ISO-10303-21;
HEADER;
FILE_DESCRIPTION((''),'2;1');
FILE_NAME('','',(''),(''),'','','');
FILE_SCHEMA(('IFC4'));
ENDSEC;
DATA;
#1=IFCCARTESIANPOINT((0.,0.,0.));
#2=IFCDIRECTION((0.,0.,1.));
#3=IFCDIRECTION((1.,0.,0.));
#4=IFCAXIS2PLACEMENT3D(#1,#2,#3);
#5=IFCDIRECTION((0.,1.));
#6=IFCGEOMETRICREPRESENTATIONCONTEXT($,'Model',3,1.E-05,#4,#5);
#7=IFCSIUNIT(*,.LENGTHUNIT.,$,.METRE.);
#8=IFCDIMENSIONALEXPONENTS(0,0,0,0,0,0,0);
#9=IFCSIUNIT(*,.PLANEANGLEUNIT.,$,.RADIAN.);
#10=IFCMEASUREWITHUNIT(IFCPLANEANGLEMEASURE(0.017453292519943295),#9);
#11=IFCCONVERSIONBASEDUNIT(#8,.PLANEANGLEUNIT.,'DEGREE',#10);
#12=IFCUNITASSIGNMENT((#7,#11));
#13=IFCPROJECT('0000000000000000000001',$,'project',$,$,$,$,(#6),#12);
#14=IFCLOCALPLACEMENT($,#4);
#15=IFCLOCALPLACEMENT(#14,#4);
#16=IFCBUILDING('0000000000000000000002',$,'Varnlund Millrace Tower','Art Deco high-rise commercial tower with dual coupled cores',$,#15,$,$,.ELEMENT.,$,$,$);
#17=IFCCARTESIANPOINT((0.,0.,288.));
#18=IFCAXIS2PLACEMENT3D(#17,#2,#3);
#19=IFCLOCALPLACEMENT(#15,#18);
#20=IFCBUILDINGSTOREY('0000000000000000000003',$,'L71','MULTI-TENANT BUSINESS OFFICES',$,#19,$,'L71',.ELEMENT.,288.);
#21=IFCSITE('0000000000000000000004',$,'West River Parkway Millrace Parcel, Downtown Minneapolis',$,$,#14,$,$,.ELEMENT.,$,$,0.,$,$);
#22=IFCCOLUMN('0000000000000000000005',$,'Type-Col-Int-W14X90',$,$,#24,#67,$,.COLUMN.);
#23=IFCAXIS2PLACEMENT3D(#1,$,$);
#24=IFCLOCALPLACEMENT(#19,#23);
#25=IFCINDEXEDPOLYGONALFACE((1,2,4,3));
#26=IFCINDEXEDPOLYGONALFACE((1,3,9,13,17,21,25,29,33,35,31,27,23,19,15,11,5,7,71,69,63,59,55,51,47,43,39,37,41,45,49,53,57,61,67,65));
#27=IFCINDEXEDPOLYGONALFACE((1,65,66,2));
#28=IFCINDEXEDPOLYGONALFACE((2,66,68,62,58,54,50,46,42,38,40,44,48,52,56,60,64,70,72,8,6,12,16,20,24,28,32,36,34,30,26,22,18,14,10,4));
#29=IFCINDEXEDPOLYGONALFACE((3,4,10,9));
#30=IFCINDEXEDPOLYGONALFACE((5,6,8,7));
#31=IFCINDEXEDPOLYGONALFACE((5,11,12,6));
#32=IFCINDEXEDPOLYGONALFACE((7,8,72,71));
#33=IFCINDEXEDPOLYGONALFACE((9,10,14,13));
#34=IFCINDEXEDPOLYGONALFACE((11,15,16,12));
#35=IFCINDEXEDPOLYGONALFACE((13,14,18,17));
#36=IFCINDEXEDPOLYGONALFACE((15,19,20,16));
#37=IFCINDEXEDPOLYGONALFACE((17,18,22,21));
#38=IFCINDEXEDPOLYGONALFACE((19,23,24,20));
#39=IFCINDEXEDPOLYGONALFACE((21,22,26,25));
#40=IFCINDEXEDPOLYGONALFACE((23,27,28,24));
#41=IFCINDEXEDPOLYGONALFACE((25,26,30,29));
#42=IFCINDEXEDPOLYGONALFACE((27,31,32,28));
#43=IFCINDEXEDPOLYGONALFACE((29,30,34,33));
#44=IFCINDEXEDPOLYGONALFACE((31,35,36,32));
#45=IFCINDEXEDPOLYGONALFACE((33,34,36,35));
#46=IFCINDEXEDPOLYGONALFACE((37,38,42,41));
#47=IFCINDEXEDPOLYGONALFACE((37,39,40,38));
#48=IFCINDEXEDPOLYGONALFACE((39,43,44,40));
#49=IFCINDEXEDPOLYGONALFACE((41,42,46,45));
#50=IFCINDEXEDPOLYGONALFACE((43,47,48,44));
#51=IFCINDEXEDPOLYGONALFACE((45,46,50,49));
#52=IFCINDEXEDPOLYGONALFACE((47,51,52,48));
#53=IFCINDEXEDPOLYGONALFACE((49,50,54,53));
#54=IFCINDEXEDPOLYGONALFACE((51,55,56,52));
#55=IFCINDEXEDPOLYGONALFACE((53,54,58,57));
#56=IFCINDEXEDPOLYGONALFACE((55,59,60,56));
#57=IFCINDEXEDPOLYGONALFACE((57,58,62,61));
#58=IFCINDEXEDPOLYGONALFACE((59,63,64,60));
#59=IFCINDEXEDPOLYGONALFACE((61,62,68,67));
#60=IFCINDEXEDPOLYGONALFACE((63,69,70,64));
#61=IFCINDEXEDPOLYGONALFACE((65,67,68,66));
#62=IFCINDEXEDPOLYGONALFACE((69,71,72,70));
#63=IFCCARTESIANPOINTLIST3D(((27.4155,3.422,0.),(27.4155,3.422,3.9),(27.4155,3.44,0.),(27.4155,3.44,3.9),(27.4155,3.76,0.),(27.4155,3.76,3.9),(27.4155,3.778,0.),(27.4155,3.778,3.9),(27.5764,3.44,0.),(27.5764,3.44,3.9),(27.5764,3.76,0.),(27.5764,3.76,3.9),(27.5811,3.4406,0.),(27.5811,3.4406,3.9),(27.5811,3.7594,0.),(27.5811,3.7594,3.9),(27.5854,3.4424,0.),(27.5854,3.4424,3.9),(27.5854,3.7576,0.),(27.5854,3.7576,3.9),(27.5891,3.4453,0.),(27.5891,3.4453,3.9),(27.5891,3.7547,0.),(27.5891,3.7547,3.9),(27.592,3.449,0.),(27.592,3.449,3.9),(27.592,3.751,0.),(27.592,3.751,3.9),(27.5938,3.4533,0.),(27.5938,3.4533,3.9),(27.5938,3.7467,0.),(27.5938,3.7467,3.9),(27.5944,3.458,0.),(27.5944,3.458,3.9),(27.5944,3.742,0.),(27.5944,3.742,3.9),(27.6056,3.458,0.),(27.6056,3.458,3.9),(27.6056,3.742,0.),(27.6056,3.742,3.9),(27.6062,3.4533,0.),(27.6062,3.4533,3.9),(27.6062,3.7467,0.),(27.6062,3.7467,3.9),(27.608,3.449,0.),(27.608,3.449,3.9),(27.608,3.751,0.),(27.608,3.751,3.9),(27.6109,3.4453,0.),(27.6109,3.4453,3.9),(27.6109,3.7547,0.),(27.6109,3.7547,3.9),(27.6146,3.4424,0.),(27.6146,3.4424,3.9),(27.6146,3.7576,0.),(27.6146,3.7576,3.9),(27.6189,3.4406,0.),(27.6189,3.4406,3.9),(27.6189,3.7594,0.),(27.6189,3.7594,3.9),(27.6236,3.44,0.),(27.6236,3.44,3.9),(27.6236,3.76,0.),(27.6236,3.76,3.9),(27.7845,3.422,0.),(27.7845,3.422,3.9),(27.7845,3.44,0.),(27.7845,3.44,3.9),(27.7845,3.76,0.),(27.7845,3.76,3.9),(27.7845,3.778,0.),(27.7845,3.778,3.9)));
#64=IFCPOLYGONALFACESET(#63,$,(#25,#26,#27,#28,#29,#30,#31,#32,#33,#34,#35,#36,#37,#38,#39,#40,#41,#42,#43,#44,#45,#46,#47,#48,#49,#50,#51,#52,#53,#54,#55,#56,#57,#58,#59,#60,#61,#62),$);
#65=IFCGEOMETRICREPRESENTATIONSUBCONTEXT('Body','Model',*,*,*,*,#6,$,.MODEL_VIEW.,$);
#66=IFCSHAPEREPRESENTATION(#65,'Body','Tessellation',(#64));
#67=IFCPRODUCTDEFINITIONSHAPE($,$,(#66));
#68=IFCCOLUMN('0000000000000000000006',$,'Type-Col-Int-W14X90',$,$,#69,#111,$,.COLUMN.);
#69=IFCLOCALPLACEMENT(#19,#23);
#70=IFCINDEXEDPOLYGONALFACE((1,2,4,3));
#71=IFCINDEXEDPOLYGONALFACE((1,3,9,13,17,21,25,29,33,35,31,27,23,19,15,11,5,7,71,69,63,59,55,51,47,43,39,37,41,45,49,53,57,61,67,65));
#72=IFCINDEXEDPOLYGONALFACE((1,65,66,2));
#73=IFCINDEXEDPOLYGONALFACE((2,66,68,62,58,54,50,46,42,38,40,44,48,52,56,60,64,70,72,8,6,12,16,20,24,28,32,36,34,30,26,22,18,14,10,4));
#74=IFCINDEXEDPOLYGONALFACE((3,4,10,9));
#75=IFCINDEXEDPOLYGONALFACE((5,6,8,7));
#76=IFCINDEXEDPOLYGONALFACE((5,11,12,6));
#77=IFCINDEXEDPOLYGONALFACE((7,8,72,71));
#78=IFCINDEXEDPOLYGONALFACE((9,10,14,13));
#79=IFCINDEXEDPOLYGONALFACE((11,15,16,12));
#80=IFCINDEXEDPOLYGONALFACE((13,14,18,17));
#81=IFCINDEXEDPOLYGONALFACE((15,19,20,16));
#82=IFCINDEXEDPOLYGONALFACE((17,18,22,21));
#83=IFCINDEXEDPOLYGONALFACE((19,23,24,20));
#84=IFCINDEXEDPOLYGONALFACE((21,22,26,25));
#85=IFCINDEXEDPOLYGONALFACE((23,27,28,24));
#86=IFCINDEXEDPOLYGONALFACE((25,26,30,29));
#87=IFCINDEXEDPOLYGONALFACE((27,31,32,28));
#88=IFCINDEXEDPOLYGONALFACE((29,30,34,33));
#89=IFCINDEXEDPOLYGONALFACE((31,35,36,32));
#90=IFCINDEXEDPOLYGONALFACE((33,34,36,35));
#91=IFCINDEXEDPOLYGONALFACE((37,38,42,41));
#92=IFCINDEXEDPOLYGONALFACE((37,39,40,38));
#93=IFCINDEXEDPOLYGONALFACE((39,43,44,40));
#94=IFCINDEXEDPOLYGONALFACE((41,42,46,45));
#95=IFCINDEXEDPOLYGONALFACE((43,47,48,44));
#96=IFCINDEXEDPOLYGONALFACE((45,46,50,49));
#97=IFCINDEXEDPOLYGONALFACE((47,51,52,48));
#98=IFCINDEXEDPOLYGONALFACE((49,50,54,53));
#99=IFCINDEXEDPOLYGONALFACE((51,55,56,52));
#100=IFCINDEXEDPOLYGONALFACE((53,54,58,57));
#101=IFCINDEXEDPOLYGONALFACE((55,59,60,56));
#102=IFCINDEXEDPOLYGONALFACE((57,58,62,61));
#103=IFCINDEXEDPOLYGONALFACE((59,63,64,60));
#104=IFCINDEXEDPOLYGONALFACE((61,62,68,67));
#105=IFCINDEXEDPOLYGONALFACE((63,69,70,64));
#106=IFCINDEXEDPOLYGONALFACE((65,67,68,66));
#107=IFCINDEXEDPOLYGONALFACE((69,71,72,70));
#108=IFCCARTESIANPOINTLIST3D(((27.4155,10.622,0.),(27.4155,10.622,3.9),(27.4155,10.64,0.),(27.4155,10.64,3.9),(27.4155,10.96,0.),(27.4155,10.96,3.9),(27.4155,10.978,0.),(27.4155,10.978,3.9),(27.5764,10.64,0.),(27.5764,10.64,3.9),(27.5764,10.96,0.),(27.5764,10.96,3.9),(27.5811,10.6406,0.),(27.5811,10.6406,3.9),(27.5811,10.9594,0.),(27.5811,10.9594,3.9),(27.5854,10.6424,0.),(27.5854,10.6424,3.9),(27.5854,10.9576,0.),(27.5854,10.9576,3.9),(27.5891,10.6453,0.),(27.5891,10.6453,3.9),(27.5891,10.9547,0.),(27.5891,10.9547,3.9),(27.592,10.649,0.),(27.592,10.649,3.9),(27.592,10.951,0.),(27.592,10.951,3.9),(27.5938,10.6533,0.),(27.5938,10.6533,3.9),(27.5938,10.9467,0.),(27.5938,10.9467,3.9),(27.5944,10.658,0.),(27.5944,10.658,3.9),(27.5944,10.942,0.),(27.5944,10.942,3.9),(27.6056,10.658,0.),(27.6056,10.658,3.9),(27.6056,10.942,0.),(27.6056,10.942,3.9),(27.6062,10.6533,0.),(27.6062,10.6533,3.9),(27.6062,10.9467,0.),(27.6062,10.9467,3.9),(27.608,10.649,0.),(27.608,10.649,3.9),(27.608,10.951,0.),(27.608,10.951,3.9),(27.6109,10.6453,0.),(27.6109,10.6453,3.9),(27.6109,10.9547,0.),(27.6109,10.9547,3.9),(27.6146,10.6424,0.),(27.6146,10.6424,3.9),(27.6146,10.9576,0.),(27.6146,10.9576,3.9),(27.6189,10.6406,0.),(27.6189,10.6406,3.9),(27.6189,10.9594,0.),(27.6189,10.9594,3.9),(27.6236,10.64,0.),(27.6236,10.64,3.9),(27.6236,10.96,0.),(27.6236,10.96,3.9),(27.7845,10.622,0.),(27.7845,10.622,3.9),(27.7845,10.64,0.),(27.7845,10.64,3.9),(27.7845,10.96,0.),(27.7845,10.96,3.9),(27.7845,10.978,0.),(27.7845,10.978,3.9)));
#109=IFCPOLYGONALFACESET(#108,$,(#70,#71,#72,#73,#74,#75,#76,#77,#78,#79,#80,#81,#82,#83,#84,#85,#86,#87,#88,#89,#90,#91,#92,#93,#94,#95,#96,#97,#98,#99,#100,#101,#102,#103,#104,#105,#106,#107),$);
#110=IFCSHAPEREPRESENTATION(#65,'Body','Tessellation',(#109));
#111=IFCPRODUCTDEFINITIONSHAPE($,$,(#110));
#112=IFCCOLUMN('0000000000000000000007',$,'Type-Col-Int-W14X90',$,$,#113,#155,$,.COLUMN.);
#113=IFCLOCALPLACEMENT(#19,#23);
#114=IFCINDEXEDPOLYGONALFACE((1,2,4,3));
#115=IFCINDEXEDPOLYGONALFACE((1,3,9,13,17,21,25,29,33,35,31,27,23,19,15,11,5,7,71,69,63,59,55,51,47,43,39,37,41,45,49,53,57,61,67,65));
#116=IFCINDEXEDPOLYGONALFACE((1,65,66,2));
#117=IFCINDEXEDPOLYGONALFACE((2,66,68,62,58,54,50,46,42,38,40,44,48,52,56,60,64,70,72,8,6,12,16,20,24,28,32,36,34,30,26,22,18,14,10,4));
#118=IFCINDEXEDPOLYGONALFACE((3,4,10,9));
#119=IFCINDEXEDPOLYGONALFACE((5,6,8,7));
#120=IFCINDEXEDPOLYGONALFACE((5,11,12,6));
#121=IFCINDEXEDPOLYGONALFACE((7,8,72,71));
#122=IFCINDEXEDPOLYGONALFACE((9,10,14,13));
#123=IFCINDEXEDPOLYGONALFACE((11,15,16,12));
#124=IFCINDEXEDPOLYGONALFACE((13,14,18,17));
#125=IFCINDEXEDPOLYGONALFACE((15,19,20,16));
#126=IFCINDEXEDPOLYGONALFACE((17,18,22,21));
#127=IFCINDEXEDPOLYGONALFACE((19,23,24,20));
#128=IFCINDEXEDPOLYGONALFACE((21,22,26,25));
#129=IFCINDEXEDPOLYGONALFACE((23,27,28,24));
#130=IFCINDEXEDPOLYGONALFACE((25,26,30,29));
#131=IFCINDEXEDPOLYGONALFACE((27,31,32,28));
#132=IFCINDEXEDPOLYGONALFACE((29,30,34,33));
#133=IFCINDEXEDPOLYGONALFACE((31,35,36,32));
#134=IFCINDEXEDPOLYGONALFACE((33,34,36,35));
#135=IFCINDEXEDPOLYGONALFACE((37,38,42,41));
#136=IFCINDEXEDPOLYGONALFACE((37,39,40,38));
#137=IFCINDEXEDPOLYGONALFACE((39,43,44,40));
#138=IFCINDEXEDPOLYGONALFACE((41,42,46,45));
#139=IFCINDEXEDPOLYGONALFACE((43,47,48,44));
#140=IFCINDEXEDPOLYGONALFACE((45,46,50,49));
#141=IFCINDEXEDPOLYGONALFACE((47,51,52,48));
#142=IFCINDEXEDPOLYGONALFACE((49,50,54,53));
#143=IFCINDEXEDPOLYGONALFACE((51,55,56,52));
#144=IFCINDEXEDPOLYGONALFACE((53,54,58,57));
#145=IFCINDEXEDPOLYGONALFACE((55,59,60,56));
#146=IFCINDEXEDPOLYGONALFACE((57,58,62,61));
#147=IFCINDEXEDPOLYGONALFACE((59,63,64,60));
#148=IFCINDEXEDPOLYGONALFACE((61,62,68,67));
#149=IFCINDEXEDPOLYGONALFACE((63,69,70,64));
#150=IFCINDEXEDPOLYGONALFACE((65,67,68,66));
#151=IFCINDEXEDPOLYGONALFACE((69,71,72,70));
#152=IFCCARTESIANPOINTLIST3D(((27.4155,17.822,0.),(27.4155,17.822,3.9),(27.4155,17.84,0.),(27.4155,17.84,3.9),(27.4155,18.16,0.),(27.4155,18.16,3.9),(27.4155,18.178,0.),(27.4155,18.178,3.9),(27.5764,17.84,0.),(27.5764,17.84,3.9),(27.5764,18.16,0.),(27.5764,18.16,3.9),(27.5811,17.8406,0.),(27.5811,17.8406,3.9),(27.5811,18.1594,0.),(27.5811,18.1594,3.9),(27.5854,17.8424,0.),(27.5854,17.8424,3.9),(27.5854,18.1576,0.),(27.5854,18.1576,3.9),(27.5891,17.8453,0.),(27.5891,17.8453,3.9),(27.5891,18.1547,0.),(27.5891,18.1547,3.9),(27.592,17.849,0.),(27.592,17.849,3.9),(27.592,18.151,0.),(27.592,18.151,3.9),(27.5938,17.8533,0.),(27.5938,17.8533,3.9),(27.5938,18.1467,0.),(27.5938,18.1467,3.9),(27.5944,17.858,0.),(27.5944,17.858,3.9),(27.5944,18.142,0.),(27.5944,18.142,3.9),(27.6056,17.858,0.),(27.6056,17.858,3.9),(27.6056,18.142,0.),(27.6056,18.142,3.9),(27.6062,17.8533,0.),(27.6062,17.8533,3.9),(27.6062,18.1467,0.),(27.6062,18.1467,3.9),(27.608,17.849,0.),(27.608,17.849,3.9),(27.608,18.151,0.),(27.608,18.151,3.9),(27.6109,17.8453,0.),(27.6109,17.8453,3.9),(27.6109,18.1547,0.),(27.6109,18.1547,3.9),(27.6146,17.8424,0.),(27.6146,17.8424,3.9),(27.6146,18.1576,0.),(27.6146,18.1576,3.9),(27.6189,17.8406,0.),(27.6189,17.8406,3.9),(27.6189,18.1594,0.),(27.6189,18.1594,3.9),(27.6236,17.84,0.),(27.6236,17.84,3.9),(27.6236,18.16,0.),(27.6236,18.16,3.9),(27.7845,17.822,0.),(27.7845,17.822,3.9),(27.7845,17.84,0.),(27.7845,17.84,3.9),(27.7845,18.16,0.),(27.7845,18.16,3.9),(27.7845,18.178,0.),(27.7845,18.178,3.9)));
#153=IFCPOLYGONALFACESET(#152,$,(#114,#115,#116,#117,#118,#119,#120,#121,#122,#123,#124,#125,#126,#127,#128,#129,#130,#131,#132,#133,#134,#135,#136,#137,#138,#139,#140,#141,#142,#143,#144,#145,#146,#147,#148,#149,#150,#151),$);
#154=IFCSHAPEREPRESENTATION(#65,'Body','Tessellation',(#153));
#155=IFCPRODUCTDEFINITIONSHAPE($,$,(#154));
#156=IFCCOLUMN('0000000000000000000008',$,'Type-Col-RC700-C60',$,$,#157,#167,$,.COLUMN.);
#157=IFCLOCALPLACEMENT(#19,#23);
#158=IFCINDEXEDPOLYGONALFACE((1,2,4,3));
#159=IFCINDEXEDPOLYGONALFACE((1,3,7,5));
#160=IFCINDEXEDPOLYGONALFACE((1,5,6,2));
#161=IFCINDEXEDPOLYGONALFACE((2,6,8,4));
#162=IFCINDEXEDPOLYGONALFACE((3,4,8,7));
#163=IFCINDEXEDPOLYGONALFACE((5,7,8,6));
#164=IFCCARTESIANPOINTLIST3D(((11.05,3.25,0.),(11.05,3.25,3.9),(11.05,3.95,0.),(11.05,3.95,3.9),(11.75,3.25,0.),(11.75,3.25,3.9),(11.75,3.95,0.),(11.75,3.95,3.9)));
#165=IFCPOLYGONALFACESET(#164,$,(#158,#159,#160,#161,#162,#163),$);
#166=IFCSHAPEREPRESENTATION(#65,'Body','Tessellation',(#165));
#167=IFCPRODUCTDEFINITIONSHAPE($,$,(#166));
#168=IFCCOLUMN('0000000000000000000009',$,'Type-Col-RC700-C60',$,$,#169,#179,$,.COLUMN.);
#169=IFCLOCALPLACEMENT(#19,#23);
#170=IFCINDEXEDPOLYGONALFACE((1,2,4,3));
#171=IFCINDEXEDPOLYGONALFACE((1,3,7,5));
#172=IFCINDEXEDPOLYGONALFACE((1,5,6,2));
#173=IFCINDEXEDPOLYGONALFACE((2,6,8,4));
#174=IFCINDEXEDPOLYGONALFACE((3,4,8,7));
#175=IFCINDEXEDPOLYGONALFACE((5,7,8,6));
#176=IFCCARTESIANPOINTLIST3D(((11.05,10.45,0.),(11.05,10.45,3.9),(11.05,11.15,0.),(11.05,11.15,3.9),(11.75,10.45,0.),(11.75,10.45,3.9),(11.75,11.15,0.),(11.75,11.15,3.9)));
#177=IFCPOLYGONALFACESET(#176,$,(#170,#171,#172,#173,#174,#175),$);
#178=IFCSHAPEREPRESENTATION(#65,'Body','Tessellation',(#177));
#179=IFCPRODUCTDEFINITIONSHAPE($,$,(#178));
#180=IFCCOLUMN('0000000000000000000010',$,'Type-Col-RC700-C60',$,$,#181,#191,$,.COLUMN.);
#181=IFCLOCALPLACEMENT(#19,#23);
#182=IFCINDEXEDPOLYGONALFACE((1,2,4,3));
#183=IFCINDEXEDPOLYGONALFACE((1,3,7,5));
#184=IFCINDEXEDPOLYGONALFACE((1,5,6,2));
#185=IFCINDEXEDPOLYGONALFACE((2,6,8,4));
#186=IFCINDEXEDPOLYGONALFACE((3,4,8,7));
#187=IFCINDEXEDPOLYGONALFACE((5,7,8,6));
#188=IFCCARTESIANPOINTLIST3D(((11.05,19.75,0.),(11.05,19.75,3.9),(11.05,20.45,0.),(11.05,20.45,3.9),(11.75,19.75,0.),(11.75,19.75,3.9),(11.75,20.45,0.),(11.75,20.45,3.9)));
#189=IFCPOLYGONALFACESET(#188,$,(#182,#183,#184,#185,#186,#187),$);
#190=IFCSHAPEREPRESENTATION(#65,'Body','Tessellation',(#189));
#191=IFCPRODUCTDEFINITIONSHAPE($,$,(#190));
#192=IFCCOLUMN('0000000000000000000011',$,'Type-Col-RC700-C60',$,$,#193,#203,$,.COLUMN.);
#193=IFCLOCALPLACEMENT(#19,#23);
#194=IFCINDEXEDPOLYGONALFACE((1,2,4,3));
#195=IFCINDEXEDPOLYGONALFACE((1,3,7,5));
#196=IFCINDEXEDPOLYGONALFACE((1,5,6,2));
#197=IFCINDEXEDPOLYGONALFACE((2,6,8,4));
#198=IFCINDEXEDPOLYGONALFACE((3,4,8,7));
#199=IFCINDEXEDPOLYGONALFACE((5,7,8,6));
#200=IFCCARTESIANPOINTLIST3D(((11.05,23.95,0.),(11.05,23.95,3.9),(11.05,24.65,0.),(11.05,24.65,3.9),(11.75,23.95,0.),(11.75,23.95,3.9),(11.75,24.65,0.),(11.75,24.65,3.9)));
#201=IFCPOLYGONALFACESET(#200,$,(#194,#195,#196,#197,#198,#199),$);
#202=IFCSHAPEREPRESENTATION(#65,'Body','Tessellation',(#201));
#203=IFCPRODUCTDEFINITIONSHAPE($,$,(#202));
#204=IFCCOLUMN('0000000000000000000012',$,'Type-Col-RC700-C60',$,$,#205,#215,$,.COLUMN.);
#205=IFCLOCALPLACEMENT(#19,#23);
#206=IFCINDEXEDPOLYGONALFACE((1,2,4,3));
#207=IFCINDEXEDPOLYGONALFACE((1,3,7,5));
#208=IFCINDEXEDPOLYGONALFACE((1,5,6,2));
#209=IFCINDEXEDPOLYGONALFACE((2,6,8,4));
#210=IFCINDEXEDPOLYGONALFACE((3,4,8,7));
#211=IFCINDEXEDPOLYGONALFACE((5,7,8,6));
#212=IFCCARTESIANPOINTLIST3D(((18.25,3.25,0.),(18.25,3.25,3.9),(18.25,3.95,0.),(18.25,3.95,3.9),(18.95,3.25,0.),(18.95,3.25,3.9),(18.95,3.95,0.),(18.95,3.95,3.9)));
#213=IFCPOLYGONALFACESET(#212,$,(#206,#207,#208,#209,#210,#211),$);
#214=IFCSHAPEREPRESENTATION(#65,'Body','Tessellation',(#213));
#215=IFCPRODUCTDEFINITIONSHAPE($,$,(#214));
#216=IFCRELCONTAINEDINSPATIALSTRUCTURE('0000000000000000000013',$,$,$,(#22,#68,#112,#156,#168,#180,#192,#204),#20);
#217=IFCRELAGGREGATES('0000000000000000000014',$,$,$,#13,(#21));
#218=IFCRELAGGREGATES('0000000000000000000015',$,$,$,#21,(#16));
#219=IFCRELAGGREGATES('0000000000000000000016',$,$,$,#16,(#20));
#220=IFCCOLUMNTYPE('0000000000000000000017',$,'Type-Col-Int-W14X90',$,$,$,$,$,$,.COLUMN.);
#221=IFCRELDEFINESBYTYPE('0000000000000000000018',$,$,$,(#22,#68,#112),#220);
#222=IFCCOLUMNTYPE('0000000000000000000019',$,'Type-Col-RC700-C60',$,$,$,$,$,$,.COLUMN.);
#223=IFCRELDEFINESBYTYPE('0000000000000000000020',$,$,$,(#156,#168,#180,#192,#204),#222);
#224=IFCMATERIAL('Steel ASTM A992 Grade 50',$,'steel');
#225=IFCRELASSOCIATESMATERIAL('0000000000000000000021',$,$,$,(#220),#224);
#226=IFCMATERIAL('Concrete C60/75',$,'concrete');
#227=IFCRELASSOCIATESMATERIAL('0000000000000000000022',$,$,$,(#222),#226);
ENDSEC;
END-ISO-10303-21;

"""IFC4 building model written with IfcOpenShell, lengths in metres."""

from ifc_helpers import new_model, entity, si_unit, converted_unit, direction, frame, origin_with_axes, origin_2d_with_axis, place, context, subcontext, project, spatial, rectangle, i_section, extrude, material, material_profile, profile_set, type_object, element, save


model = new_model("IFC4")

# Units and contexts
model_context = context("Model", 3, precision=1e-05, world=origin_with_axes(), true_north=direction((0.0, 1.0)))
body_context = subcontext(model_context, "Body", "Model", "MODEL_VIEW")
ifc_project = project(units=[si_unit("LENGTHUNIT", "METRE"), converted_unit("PLANEANGLEUNIT", "DEGREE", entity("IfcPlaneAngleMeasure", 0.017453292519943295), si_unit("PLANEANGLEUNIT", "RADIAN"), dimensions=[0, 0, 0, 0, 0, 0, 0])], contexts=[model_context])

# Site, building, storey
site_placement = place(None, origin_with_axes())
site = spatial("IfcSite", under=ifc_project, at=site_placement, Name="West River Parkway Millrace Parcel, Downtown Minneapolis", CompositionType="ELEMENT", RefElevation=0.0)
building_placement = place(site_placement, origin_with_axes())
building = spatial("IfcBuilding", under=site, at=building_placement, Name="Varnlund Millrace Tower", Description="Art Deco high-rise commercial tower with dual coupled cores", CompositionType="ELEMENT")
storey_placement = place(building_placement, frame((0.0, 0.0, 288.0), z_axis=(0.0, 0.0, 1.0), x_axis=(1.0, 0.0, 0.0)))
storey = spatial("IfcBuildingStorey", under=building, at=storey_placement, Name="L71", Description="MULTI-TENANT BUSINESS OFFICES", LongName="L71", CompositionType="ELEMENT", Elevation=288.0)

# Columns
ifc_material_1 = material(Name="Steel ASTM A992 Grade 50", Category="steel")
ifc_material_profile_1 = material_profile(ifc_material_1, i_section(OverallWidth=0.369, OverallDepth=0.356, WebThickness=0.0112, FlangeThickness=0.018, FilletRadius=0.018, at=origin_2d_with_axis()), Name="Steel ASTM A992 Grade 50")
ifc_profile_set_1 = profile_set([ifc_material_profile_1], Name="Steel ASTM A992 Grade 50")
column_type_1 = type_object("IfcColumnType", Name="Type-Col-Int-W14X90", PredefinedType="COLUMN", material=ifc_profile_set_1)
for number, where, z_axis, x_axis, name in (
    (1, (27.6, 3.6, 0.0), (0.0, 0.0, 1.0), (1.0, 0.0, 0.0), "Type-Col-Int-W14X90"),
    (2, (27.6, 10.8, 0.0), (0.0, 0.0, 1.0), (1.0, 0.0, 0.0), "Type-Col-Int-W14X90"),
    (3, (27.6, 18.0, 0.0), (0.0, 0.0, 1.0), (1.0, 0.0, 0.0), "Type-Col-Int-W14X90"),
):
    element("IfcColumn", number, at=place(storey_placement, frame(where, z_axis=z_axis, x_axis=x_axis)), inside=storey, type_object=column_type_1, Name=name, PredefinedType="COLUMN", context=body_context, shape_type="SweptSolid", body=[
        extrude(i_section(OverallWidth=0.369, OverallDepth=0.356, WebThickness=0.0112, FlangeThickness=0.018, FilletRadius=0.018, at=origin_2d_with_axis()), origin_with_axes(), (0.0, 0.0, 1.0), 3.9),
    ])
ifc_material_2 = material(Name="Concrete C60/75", Category="concrete")
ifc_material_profile_2 = material_profile(ifc_material_2, rectangle(XDim=0.7, YDim=0.7, at=origin_2d_with_axis()), Name="Concrete C60/75")
ifc_profile_set_2 = profile_set([ifc_material_profile_2], Name="Concrete C60/75")
column_type_2 = type_object("IfcColumnType", Name="Type-Col-RC700-C60", PredefinedType="COLUMN", material=ifc_profile_set_2)
for number, where, z_axis, x_axis, name in (
    (4, (11.4, 3.6, 0.0), (0.0, 0.0, 1.0), (1.0, 0.0, 0.0), "Type-Col-RC700-C60"),
    (5, (11.4, 10.8, 0.0), (0.0, 0.0, 1.0), (1.0, 0.0, 0.0), "Type-Col-RC700-C60"),
    (6, (11.4, 20.1, 0.0), (0.0, 0.0, 1.0), (1.0, 0.0, 0.0), "Type-Col-RC700-C60"),
    (7, (11.4, 24.3, 0.0), (0.0, 0.0, 1.0), (1.0, 0.0, 0.0), "Type-Col-RC700-C60"),
    (8, (18.6, 3.6, 0.0), (0.0, 0.0, 1.0), (1.0, 0.0, 0.0), "Type-Col-RC700-C60"),
):
    element("IfcColumn", number, at=place(storey_placement, frame(where, z_axis=z_axis, x_axis=x_axis)), inside=storey, type_object=column_type_2, Name=name, PredefinedType="COLUMN", context=body_context, shape_type="SweptSolid", body=[
        extrude(rectangle(XDim=0.7, YDim=0.7, at=origin_2d_with_axis()), origin_with_axes(), (0.0, 0.0, 1.0), 3.9),
    ])

save(model, "model.ifc")
